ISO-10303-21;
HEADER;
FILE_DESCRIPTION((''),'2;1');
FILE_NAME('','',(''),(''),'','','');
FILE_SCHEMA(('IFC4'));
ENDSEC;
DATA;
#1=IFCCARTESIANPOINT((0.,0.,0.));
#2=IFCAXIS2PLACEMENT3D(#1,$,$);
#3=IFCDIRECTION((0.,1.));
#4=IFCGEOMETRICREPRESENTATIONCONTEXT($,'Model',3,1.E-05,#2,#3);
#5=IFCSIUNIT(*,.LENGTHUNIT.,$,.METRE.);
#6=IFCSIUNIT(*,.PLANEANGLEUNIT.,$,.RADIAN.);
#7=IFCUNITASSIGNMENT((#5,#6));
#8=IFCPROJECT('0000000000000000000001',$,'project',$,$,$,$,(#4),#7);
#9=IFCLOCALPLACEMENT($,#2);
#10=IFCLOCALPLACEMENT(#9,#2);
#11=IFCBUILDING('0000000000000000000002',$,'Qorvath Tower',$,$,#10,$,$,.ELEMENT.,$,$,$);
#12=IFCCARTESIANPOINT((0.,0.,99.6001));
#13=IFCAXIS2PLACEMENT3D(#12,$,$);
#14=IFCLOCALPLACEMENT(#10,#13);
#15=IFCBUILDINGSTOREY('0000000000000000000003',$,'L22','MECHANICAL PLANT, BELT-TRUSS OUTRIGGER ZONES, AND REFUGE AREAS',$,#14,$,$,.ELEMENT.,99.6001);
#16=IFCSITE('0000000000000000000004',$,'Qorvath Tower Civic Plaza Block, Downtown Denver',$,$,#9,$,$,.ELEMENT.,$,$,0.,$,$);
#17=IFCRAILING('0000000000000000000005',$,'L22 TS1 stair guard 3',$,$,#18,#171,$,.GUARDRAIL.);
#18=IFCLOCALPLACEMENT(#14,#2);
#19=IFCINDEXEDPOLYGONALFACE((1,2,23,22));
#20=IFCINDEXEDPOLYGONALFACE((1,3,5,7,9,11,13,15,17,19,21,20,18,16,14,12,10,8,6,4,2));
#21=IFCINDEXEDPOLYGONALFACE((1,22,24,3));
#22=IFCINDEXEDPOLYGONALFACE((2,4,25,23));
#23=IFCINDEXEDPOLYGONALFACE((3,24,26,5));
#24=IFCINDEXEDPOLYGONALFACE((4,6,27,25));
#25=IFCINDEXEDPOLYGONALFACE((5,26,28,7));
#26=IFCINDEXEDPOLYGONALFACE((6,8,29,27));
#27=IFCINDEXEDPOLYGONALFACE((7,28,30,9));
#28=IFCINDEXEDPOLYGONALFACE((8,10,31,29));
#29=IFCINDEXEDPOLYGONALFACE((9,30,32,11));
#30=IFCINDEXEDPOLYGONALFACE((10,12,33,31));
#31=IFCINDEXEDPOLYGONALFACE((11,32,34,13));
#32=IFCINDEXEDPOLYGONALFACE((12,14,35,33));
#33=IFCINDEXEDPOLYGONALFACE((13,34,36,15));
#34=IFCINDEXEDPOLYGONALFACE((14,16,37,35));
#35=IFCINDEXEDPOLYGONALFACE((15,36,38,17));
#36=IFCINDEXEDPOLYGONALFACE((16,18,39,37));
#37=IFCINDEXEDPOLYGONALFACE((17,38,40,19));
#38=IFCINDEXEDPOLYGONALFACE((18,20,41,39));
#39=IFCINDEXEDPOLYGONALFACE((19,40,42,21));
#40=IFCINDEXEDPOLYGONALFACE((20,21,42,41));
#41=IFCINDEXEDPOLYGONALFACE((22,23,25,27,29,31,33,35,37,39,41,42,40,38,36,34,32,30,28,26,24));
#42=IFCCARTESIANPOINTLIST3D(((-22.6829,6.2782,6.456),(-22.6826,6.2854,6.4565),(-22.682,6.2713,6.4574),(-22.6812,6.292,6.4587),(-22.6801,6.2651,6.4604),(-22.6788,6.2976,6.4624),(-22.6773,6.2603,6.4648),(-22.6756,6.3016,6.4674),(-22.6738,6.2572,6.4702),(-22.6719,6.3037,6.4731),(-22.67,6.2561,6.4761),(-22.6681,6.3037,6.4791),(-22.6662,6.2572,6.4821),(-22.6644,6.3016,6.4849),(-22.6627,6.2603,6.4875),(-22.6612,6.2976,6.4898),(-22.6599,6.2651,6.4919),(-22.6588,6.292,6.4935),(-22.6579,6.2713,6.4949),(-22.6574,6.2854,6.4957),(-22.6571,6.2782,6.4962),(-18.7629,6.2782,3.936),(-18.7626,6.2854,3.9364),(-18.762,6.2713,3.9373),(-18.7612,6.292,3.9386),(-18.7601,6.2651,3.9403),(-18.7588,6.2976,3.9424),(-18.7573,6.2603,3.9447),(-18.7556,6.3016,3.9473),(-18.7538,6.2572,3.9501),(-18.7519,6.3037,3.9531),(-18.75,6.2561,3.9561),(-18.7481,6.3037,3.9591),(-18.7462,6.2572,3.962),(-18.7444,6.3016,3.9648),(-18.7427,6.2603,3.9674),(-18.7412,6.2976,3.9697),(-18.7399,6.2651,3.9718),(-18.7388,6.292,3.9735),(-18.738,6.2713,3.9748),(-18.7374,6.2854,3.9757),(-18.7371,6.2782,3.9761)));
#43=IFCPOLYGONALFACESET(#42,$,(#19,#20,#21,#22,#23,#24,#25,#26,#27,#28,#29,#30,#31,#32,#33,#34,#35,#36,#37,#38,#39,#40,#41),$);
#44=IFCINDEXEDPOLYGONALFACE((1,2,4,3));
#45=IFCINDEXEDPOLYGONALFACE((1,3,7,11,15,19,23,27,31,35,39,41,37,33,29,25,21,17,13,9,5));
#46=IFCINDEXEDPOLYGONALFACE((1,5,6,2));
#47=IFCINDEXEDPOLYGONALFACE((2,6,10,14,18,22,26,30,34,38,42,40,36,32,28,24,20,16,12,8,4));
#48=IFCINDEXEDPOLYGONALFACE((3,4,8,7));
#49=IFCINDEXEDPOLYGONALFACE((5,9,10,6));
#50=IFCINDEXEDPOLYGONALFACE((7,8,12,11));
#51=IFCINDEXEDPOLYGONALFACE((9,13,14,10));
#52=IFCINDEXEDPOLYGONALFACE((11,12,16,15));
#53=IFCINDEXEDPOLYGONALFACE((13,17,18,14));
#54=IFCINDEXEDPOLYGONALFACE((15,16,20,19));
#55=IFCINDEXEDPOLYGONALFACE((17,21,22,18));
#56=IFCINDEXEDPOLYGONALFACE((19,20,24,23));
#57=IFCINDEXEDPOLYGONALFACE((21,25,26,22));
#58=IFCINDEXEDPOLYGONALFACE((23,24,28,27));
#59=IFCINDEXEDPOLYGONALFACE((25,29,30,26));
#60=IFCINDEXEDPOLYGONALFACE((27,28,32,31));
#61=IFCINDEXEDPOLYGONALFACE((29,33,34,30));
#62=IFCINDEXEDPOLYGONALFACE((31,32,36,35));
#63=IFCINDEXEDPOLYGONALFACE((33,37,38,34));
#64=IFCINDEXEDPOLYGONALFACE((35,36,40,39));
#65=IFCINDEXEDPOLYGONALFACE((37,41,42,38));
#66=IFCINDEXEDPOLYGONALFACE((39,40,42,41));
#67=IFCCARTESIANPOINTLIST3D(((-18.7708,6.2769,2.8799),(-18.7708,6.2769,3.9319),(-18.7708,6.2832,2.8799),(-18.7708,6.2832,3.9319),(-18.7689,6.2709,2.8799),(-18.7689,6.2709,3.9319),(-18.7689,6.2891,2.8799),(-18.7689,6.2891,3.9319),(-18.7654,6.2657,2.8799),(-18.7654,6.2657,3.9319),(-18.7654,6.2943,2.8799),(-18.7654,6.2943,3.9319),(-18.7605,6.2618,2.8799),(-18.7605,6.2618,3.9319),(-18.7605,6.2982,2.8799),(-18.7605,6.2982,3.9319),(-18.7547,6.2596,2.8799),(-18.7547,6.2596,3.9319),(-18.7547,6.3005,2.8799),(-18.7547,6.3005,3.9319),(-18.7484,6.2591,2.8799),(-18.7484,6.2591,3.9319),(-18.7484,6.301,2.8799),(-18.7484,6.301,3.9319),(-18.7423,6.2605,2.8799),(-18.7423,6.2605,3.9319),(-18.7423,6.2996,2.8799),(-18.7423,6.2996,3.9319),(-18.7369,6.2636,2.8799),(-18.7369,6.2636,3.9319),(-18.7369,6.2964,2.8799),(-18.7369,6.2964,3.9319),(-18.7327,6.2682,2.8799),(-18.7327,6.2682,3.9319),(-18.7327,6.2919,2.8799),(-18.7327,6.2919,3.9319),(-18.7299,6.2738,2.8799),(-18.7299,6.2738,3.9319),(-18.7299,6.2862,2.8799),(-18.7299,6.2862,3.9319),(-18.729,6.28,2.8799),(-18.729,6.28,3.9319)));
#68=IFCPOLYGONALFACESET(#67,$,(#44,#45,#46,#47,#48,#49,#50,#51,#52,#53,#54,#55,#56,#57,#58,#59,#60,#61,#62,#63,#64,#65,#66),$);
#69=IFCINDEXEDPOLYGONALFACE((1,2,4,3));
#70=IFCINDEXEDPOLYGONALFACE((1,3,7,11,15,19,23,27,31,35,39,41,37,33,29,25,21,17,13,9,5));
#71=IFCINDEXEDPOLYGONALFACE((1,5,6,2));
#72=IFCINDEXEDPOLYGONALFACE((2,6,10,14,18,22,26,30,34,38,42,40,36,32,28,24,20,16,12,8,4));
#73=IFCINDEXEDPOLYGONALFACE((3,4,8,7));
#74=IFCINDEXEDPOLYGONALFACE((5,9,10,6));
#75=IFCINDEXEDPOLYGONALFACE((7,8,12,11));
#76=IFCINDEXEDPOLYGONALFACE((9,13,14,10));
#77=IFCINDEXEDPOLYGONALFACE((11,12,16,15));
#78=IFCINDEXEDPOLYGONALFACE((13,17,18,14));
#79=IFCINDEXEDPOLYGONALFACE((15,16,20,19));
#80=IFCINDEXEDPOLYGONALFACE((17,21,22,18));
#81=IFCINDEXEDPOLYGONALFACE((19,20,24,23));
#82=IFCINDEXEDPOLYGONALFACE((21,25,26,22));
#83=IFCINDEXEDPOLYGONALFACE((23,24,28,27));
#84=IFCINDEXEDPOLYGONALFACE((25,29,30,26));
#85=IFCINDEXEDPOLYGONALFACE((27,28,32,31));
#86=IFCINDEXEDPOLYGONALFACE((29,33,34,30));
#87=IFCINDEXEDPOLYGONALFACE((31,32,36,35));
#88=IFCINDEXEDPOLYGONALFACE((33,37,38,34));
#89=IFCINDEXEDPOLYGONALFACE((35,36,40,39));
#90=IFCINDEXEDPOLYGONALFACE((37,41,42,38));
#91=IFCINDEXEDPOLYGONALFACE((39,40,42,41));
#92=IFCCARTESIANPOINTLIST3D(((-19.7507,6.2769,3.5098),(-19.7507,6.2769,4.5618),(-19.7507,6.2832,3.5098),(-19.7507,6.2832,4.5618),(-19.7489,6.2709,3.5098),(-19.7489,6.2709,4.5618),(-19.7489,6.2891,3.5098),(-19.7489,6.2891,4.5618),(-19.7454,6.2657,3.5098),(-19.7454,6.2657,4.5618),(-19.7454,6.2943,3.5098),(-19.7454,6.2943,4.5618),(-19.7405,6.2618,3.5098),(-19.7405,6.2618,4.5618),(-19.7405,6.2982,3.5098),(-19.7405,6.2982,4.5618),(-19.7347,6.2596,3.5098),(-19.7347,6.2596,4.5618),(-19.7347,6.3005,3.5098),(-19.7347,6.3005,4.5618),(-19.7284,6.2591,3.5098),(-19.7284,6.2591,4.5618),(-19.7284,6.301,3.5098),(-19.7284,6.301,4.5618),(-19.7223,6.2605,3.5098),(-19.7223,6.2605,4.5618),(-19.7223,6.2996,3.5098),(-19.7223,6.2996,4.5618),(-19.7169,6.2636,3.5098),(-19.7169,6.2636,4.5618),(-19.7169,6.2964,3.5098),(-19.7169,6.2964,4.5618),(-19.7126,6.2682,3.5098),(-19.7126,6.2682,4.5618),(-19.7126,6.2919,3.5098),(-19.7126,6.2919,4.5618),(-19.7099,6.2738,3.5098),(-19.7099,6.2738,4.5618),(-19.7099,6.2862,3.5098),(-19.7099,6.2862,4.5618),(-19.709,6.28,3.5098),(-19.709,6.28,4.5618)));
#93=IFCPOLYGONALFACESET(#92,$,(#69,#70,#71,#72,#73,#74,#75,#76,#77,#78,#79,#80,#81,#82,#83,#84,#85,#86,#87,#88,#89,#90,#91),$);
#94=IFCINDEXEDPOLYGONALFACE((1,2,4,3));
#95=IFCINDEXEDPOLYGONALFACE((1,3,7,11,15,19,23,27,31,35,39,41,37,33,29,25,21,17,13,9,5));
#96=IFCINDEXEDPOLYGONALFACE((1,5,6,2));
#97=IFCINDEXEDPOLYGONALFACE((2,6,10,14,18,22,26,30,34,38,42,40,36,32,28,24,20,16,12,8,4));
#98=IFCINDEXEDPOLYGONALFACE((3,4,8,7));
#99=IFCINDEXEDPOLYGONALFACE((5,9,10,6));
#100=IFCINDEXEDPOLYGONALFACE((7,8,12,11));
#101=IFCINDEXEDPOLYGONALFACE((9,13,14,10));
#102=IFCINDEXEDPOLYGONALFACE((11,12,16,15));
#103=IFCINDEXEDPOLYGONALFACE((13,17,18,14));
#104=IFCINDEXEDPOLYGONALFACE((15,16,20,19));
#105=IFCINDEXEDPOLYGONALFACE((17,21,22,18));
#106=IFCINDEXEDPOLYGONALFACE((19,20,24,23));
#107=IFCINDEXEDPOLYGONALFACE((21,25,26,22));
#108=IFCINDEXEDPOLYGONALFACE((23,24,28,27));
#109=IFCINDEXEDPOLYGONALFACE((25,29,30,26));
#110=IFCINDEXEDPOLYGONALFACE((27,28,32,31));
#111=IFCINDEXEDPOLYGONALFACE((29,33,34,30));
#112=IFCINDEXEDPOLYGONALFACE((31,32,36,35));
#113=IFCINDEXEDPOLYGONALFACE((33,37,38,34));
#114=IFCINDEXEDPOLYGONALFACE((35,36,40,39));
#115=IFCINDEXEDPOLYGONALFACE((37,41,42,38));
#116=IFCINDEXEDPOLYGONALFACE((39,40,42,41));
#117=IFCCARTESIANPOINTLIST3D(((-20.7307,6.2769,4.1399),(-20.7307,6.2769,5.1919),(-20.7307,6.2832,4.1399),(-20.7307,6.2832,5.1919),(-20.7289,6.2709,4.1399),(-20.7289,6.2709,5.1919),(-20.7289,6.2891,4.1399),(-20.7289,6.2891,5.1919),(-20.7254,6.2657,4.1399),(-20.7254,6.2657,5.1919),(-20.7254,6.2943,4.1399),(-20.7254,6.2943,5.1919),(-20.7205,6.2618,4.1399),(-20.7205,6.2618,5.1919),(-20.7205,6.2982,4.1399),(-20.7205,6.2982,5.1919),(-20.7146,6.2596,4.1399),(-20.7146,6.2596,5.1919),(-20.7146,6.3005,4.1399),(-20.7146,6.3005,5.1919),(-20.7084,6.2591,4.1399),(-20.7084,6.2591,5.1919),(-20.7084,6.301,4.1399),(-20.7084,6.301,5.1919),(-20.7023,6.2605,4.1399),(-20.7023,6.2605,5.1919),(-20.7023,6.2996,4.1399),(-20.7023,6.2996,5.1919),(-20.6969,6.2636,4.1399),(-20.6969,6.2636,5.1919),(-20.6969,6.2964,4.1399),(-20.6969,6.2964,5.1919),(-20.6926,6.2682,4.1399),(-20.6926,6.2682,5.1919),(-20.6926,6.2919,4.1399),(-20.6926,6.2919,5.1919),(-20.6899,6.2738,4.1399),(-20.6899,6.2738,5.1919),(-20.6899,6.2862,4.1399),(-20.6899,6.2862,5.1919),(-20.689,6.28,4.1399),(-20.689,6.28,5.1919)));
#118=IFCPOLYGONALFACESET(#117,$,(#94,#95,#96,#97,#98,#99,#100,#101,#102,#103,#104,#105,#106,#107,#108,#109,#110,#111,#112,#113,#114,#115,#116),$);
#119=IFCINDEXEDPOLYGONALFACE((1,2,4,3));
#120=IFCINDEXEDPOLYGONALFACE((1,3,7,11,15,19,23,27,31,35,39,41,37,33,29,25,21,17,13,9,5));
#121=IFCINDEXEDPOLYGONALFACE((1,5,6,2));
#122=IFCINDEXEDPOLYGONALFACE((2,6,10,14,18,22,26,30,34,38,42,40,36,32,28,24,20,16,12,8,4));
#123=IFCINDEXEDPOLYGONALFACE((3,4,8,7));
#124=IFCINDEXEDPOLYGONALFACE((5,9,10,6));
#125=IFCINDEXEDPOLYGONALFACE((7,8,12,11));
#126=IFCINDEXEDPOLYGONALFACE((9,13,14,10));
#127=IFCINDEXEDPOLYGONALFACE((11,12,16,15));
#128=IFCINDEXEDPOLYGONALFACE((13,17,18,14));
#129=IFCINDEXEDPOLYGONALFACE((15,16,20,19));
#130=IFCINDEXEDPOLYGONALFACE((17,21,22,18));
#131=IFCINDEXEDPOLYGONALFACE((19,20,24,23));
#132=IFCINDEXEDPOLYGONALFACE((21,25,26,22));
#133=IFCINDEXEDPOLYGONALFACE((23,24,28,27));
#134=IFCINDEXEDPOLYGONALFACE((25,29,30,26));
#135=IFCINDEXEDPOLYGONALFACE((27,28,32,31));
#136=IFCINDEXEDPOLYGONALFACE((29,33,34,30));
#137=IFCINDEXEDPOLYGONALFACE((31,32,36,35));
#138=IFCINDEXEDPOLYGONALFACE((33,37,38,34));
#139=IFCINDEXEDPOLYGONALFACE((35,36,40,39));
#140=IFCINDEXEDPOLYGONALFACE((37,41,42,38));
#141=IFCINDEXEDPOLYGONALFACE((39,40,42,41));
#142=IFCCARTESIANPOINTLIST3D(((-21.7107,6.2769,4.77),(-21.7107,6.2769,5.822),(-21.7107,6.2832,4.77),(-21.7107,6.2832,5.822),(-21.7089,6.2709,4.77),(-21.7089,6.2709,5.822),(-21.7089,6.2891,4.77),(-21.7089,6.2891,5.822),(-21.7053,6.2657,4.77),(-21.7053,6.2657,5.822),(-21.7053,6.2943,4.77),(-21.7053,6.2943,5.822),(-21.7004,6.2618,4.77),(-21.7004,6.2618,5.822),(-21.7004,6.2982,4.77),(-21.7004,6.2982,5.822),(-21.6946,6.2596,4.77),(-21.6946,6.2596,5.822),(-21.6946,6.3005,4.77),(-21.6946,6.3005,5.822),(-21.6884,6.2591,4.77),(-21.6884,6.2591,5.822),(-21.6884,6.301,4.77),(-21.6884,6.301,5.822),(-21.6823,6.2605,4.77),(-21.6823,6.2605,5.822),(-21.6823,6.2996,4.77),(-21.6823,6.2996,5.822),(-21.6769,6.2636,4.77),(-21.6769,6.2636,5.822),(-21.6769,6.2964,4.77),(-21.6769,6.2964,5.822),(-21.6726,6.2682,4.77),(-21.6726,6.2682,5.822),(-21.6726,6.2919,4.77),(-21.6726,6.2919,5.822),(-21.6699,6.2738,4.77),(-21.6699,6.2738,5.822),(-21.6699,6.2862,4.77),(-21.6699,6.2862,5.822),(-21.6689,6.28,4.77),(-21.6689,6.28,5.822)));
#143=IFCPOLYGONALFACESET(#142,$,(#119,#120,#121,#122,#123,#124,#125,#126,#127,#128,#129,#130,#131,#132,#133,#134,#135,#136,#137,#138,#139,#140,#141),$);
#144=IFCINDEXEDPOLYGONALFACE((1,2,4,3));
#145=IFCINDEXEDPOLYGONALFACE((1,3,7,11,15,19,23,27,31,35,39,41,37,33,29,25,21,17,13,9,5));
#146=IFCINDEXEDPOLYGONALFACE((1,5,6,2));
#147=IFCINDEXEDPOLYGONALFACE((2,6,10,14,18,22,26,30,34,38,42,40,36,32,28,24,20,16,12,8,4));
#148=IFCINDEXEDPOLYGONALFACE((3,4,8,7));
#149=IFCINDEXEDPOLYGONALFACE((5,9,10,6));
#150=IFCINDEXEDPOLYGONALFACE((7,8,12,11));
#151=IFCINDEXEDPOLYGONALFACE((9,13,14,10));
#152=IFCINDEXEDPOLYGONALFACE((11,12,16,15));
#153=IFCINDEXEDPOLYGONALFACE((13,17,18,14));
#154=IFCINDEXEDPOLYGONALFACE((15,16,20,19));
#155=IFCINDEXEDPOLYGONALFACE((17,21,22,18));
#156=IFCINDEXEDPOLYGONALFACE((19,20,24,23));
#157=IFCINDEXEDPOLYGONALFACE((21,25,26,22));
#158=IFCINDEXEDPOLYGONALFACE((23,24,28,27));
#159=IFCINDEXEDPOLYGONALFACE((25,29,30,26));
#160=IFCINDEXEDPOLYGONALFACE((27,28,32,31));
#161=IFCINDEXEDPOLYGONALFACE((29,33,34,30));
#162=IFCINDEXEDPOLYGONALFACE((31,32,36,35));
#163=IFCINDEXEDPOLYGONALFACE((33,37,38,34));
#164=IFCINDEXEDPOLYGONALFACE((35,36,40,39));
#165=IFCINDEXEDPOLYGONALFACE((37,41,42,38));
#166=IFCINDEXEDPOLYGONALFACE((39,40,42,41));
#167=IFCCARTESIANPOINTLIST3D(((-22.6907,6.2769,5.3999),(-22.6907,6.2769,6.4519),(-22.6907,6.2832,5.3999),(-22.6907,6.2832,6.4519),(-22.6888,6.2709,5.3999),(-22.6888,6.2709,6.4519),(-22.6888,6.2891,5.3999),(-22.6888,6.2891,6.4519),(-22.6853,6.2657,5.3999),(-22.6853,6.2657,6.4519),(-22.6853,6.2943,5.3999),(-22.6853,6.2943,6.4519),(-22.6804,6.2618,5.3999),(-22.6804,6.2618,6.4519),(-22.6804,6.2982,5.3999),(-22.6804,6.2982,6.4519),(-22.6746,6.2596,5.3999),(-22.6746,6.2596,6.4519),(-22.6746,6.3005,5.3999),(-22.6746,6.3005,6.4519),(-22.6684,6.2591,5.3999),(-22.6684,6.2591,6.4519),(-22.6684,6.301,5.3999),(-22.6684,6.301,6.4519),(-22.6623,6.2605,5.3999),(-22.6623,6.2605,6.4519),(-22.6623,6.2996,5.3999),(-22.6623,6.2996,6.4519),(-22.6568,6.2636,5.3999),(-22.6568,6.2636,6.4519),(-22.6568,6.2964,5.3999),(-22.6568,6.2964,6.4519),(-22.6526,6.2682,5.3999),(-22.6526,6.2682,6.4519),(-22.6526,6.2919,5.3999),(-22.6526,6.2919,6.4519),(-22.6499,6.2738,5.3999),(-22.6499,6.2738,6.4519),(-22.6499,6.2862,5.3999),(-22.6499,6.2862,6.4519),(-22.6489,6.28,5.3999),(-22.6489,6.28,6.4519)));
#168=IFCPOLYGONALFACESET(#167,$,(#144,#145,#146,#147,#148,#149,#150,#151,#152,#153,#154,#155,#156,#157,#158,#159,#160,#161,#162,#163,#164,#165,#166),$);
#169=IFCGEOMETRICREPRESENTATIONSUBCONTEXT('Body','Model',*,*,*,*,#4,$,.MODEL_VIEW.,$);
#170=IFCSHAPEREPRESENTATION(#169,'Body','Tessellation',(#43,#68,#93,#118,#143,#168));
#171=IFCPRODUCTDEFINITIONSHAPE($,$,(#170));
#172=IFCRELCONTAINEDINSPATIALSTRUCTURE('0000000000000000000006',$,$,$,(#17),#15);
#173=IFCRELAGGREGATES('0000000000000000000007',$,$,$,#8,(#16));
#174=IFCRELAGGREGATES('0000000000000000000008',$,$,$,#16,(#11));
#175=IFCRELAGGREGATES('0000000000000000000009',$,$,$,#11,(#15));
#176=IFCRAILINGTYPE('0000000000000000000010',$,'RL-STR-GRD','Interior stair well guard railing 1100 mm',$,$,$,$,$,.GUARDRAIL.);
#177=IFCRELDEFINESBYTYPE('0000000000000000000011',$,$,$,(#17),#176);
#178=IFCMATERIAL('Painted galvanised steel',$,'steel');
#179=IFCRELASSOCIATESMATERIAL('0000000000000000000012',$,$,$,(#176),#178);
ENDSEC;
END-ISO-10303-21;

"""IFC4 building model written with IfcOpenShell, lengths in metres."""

from ifc_helpers import new_model, si_unit, direction, frame, origin, origin_2d, place, context, subcontext, project, spatial, circle, extrude, material, type_object, element, save


model = new_model("IFC4")

# Units and contexts
model_context = context("Model", 3, precision=1e-05, world=origin(), true_north=direction((0.0, 1.0)))
body_context = subcontext(model_context, "Body", "Model", "MODEL_VIEW")
ifc_project = project(units=[si_unit("LENGTHUNIT", "METRE"), si_unit("PLANEANGLEUNIT", "RADIAN")], contexts=[model_context])

# Site, building, storey
site_placement = place(None, origin())
site = spatial("IfcSite", under=ifc_project, at=site_placement, Name="Qorvath Tower Civic Plaza Block, Downtown Denver", CompositionType="ELEMENT", RefElevation=0.0)
building_placement = place(site_placement, origin())
building = spatial("IfcBuilding", under=site, at=building_placement, Name="Qorvath Tower", CompositionType="ELEMENT")
storey_placement = place(building_placement, frame((0.0, 0.0, 99.6001)))
storey = spatial("IfcBuildingStorey", under=building, at=storey_placement, Name="L22", Description="MECHANICAL PLANT, BELT-TRUSS OUTRIGGER ZONES, AND REFUGE AREAS", CompositionType="ELEMENT", Elevation=99.6001)

# Railing
ifc_material_1 = material(Name="Painted galvanised steel", Category="steel")
railing_type_1 = type_object("IfcRailingType", Name="RL-STR-GRD", Description="Interior stair well guard railing 1100 mm", PredefinedType="GUARDRAIL", material=ifc_material_1)
railing_1_placement = place(storey_placement, frame((-18.75, 6.28, 2.8799)))
element("IfcRailing", 1, at=railing_1_placement, inside=storey, type_object=railing_type_1, Name="L22 TS1 stair guard 3", PredefinedType="GUARDRAIL", context=body_context, shape_type="SweptSolid", body=[
    extrude(circle(Radius=0.0239, at=origin_2d()), frame((0.0, 0.0, 1.0762), z_axis=(-0.841172, 0.0, 0.540768), x_axis=(0.0, -1.0, 0.0)), (0.0, 0.0, 1.0), 4.6602),
    extrude(circle(Radius=0.021, at=origin_2d()), origin(), (0.0, 0.0, 1.0), 1.052),
    extrude(circle(Radius=0.021, at=origin_2d()), frame((-0.98, 0.0, 0.6299)), (0.0, 0.0, 1.0), 1.052),
    extrude(circle(Radius=0.021, at=origin_2d()), frame((-1.96, 0.0, 1.26)), (0.0, 0.0, 1.0), 1.052),
    extrude(circle(Radius=0.021, at=origin_2d()), frame((-2.9399, 0.0, 1.8901)), (0.0, 0.0, 1.0), 1.052),
    extrude(circle(Radius=0.021, at=origin_2d()), frame((-3.9199, 0.0, 2.52)), (0.0, 0.0, 1.0), 1.052),
])

save(model, "model.ifc")
